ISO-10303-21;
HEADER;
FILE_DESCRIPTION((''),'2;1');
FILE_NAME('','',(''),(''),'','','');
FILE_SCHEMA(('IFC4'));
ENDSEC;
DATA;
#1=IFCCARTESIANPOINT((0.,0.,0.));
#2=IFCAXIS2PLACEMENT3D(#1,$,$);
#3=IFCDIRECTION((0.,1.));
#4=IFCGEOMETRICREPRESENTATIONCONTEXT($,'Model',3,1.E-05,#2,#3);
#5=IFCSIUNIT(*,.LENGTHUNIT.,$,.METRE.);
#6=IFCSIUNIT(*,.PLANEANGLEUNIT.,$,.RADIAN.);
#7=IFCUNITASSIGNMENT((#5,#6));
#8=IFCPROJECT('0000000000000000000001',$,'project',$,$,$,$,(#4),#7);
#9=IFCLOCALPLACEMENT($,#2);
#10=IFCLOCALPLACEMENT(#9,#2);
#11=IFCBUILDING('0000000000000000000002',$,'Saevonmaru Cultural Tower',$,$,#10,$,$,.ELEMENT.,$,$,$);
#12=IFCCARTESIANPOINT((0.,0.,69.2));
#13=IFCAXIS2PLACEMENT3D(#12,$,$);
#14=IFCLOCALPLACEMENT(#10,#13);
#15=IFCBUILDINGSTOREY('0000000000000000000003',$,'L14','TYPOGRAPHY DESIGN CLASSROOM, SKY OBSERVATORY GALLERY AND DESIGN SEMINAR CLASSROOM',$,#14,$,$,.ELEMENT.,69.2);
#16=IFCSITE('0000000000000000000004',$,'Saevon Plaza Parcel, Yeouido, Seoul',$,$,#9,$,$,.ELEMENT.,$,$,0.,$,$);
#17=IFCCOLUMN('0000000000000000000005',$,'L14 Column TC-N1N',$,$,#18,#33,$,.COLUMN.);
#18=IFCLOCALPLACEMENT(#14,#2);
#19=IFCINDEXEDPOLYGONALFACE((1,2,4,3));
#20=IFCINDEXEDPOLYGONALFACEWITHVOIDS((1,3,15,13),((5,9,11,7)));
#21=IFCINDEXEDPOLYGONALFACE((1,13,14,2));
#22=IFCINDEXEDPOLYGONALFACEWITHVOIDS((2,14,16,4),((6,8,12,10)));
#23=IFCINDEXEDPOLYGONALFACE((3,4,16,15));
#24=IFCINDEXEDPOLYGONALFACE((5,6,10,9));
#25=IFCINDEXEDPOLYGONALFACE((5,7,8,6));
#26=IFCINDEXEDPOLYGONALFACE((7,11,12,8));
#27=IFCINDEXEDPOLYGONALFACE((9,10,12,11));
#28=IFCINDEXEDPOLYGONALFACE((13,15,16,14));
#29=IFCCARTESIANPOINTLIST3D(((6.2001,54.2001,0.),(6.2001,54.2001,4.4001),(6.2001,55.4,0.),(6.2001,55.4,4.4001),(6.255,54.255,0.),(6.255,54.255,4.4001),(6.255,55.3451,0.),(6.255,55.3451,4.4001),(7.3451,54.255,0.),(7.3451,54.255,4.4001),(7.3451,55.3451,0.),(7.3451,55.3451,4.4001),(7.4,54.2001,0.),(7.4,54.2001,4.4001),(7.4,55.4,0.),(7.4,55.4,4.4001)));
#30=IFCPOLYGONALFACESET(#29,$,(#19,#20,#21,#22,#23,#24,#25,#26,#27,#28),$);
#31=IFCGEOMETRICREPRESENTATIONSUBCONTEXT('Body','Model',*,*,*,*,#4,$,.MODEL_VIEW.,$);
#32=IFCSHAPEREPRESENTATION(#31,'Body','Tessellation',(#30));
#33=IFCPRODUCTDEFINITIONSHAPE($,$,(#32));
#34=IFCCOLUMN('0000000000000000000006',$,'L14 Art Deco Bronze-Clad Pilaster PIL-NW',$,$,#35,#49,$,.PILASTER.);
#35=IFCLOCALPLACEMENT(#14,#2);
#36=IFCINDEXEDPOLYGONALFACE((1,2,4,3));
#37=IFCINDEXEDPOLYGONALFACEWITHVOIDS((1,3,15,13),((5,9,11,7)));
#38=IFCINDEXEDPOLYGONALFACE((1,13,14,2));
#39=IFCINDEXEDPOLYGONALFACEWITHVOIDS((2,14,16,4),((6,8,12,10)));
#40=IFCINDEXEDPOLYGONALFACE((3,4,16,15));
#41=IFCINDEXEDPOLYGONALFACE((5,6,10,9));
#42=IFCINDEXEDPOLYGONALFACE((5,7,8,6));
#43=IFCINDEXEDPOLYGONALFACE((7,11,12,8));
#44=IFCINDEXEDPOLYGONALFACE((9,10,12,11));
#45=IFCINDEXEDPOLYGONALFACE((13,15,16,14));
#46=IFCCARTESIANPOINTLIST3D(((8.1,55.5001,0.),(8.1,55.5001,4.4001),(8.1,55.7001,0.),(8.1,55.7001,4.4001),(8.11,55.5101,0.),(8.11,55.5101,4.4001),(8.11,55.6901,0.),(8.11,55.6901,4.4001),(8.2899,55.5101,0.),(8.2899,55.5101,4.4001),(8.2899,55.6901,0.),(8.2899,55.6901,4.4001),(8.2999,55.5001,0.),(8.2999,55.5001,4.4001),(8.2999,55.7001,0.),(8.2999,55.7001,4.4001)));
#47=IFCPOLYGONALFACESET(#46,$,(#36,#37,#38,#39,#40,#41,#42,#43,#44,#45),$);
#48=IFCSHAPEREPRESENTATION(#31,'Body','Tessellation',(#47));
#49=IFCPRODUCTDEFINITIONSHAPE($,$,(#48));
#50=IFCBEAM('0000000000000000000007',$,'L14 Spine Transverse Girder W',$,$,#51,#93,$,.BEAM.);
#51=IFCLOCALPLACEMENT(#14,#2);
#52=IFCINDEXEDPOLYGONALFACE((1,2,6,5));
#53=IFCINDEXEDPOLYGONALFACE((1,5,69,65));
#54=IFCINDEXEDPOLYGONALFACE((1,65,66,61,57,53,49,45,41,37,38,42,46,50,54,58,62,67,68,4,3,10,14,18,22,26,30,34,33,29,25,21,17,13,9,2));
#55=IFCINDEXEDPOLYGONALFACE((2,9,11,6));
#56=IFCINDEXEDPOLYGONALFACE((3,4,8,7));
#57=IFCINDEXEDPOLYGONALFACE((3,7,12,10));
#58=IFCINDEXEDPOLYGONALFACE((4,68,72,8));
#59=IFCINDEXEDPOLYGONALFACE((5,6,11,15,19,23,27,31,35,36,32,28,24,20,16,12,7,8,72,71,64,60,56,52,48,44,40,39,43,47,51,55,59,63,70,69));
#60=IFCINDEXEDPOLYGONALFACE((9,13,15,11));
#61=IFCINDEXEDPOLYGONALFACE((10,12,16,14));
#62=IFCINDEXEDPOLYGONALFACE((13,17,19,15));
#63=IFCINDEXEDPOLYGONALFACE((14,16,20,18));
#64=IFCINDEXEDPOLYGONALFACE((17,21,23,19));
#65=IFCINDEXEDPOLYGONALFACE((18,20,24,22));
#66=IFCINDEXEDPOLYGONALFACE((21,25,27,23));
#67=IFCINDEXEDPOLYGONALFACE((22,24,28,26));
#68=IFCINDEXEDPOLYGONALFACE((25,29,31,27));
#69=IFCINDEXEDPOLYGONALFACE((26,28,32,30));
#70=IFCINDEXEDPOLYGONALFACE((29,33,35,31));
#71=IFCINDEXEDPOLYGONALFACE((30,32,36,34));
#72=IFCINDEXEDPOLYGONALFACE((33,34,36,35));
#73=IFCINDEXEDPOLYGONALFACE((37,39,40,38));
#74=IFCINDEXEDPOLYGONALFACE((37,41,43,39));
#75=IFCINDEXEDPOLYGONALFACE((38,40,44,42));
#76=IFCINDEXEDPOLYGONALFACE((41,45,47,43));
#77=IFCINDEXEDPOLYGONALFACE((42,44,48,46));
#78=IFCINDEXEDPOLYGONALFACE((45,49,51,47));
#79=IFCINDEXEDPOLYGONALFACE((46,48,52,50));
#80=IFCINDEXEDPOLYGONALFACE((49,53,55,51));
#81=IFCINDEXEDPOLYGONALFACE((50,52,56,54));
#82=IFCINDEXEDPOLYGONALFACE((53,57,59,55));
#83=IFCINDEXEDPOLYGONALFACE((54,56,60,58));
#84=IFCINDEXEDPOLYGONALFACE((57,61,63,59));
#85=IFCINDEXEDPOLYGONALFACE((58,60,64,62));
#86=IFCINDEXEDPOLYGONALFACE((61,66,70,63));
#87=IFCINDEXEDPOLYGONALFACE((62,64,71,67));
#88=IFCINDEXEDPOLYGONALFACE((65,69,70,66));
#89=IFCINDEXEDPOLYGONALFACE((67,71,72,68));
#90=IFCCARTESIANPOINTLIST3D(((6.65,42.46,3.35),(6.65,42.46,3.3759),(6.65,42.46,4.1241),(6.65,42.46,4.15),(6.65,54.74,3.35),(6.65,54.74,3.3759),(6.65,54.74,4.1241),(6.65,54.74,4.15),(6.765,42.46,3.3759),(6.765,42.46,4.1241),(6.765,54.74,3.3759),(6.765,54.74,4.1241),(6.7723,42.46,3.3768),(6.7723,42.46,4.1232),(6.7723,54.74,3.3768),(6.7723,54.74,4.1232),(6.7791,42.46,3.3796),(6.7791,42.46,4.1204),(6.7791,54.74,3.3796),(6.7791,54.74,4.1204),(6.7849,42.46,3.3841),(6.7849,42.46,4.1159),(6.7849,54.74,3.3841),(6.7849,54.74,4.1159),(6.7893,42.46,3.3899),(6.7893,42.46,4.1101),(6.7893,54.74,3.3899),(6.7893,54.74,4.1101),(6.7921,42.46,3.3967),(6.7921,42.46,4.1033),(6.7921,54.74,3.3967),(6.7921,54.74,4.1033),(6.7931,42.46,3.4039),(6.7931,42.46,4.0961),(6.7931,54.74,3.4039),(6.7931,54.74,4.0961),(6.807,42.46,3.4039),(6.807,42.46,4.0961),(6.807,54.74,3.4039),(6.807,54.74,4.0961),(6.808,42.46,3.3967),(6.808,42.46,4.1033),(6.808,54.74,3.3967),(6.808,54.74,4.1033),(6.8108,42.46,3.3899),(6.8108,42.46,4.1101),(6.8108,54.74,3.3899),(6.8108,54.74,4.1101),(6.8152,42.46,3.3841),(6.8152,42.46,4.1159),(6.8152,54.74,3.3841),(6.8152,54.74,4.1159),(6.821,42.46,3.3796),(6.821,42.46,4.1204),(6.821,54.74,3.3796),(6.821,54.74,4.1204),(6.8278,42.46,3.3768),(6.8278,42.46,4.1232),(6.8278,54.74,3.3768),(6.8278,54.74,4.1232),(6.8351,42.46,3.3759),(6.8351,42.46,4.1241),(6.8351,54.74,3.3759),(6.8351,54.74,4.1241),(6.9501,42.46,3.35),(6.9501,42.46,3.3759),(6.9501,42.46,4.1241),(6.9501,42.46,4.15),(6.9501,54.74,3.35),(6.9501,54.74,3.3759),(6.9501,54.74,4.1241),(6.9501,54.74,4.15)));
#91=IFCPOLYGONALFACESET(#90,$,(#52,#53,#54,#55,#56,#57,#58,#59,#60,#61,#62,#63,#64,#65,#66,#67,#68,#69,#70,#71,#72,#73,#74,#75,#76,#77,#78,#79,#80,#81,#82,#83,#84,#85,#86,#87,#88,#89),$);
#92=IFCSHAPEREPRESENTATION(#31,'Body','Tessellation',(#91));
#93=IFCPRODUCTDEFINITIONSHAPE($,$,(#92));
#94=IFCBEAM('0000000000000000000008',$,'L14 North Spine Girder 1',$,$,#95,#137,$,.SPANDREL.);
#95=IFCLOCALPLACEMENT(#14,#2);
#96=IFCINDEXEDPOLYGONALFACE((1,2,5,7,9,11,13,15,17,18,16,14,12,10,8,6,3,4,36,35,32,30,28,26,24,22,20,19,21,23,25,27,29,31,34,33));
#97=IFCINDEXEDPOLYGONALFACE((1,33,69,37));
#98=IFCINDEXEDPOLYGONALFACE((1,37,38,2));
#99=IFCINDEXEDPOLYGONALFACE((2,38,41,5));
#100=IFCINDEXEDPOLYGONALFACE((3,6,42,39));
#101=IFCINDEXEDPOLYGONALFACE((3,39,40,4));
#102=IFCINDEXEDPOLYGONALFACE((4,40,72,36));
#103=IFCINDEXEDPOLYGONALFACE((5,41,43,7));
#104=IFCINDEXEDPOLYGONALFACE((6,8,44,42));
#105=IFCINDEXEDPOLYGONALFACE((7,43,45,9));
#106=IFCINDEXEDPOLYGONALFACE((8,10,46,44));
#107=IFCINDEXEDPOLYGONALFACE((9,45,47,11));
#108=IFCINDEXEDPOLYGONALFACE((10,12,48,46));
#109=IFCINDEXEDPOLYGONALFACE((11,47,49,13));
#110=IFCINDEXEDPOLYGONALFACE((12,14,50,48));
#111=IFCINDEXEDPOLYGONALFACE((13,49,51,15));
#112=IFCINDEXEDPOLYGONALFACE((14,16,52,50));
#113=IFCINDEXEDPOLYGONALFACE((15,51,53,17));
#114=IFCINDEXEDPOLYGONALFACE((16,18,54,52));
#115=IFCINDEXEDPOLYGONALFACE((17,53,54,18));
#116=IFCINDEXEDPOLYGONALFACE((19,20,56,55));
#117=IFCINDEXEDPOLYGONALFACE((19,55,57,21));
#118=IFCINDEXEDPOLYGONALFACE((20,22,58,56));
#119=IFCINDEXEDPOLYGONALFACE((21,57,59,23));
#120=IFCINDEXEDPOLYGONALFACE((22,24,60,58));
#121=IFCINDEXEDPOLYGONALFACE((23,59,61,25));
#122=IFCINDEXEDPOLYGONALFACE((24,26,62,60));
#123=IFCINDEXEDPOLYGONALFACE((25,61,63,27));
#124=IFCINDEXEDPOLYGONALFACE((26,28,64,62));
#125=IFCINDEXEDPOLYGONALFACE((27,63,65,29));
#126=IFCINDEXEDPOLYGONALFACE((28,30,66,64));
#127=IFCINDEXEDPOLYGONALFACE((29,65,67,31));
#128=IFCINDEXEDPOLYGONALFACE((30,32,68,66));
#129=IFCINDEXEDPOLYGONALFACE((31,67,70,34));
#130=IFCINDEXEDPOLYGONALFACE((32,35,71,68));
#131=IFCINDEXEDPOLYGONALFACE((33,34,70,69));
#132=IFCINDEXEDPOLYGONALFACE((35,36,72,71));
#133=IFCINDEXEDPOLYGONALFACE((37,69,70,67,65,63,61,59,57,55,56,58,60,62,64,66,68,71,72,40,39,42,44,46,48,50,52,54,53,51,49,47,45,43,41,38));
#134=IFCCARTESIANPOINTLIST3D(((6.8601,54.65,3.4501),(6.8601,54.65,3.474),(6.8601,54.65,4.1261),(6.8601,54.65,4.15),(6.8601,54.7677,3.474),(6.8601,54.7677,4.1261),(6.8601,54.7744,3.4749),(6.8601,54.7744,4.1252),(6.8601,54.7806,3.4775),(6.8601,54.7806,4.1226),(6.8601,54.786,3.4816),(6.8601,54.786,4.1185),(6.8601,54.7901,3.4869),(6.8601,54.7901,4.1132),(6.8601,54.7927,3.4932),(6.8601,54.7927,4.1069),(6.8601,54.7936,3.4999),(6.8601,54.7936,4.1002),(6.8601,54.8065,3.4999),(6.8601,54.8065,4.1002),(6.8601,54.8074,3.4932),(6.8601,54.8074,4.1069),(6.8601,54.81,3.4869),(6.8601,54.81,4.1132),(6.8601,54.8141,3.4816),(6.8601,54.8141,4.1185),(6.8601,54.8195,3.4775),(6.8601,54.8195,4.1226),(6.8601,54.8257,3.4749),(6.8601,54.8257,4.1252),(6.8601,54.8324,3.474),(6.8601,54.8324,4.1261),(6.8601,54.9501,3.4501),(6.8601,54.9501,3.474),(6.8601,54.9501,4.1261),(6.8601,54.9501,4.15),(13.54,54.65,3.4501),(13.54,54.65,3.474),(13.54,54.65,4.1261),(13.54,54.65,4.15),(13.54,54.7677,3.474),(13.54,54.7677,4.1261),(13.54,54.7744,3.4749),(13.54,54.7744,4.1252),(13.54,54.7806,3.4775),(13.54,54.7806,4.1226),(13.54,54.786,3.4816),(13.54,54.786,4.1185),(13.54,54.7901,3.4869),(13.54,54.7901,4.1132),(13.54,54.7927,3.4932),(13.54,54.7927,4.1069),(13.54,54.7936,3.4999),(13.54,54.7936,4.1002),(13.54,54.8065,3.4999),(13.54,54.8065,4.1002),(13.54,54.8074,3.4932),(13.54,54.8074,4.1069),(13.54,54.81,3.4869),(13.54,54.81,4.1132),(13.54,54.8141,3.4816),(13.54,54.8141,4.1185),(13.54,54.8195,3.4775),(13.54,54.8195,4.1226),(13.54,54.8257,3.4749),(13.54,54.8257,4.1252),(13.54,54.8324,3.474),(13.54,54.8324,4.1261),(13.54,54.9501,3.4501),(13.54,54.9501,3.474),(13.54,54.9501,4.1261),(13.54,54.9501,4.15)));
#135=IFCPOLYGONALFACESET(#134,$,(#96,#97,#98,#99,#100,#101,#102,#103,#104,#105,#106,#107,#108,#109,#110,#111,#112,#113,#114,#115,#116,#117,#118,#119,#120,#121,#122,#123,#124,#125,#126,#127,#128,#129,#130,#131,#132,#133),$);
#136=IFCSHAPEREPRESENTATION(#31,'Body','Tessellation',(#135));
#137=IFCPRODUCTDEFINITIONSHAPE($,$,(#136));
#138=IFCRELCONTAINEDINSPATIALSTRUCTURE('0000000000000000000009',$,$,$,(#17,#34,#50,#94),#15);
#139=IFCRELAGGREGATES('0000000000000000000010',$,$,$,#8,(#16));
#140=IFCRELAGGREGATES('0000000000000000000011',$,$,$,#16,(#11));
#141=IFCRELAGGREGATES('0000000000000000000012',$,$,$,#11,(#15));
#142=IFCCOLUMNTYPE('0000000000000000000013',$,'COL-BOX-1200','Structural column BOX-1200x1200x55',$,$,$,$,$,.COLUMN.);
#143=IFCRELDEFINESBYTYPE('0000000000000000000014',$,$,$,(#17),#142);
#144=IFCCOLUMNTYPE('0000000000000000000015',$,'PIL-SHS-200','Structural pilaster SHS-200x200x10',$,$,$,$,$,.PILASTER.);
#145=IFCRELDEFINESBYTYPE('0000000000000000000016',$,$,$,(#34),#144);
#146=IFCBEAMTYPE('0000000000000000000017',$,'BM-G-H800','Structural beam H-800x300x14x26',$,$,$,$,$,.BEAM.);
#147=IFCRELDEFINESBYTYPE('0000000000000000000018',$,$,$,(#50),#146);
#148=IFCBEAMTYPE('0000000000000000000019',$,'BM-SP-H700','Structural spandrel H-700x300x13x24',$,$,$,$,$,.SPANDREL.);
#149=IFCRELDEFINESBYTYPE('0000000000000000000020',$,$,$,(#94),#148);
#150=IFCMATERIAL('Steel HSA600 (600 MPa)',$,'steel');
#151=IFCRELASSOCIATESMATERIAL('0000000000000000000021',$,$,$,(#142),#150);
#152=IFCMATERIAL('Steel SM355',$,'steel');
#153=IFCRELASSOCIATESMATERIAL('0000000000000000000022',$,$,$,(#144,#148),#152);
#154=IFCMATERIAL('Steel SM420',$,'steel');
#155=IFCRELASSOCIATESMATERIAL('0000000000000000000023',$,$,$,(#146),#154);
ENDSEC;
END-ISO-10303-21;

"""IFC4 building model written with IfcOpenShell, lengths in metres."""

from ifc_helpers import new_model, si_unit, direction, frame, origin, origin_2d, place, context, subcontext, project, spatial, hollow_rectangle, i_section, extrude, material, material_profile, profile_set, type_object, element, save


model = new_model("IFC4")

# Units and contexts
model_context = context("Model", 3, precision=1e-05, world=origin(), true_north=direction((0.0, 1.0)))
body_context = subcontext(model_context, "Body", "Model", "MODEL_VIEW")
ifc_project = project(units=[si_unit("LENGTHUNIT", "METRE"), si_unit("PLANEANGLEUNIT", "RADIAN")], contexts=[model_context])

# Site, building, storey
site_placement = place(None, origin())
site = spatial("IfcSite", under=ifc_project, at=site_placement, Name="Saevon Plaza Parcel, Yeouido, Seoul", CompositionType="ELEMENT", RefElevation=0.0)
building_placement = place(site_placement, origin())
building = spatial("IfcBuilding", under=site, at=building_placement, Name="Saevonmaru Cultural Tower", CompositionType="ELEMENT")
storey_placement = place(building_placement, frame((0.0, 0.0, 69.2)))
storey = spatial("IfcBuildingStorey", under=building, at=storey_placement, Name="L14", Description="TYPOGRAPHY DESIGN CLASSROOM, SKY OBSERVATORY GALLERY AND DESIGN SEMINAR CLASSROOM", CompositionType="ELEMENT", Elevation=69.2)

# Columns
ifc_material_1 = material(Name="Steel HSA600 (600 MPa)", Category="steel")
ifc_material_profile_1 = material_profile(ifc_material_1, hollow_rectangle(XDim=1.2, YDim=1.2, WallThickness=0.0549, at=origin_2d()), Name="BOX-1200x1200x55")
ifc_profile_set_1 = profile_set([ifc_material_profile_1], Name="Steel HSA600 (600 MPa)")
column_type_1 = type_object("IfcColumnType", Name="COL-BOX-1200", Description="Structural column BOX-1200x1200x55", PredefinedType="COLUMN", material=ifc_profile_set_1)
column_1_placement = place(storey_placement, frame((6.8, 54.8, 0.0), z_axis=(0.0, 0.0, 1.0), x_axis=(1.0, 0.0, 0.0)))
element("IfcColumn", 1, at=column_1_placement, inside=storey, type_object=column_type_1, Name="L14 Column TC-N1N", PredefinedType="COLUMN", context=body_context, shape_type="SweptSolid", body=[
    extrude(hollow_rectangle(XDim=1.2, YDim=1.2, WallThickness=0.0549, at=origin_2d()), origin(), (0.0, 0.0, 1.0), 4.4001),
])
ifc_material_2 = material(Name="Steel SM355", Category="steel")
ifc_material_profile_2 = material_profile(ifc_material_2, hollow_rectangle(XDim=0.2, YDim=0.2, WallThickness=0.01, at=origin_2d()), Name="SHS-200x200x10")
ifc_profile_set_2 = profile_set([ifc_material_profile_2], Name="Steel SM355")
column_type_2 = type_object("IfcColumnType", Name="PIL-SHS-200", Description="Structural pilaster SHS-200x200x10", PredefinedType="PILASTER", material=ifc_profile_set_2)
column_2_placement = place(storey_placement, frame((8.2, 55.6001, 0.0), z_axis=(0.0, 0.0, 1.0), x_axis=(1.0, 0.0, 0.0)))
element("IfcColumn", 2, at=column_2_placement, inside=storey, type_object=column_type_2, Name="L14 Art Deco Bronze-Clad Pilaster PIL-NW", PredefinedType="PILASTER", context=body_context, shape_type="SweptSolid", body=[
    extrude(hollow_rectangle(XDim=0.2, YDim=0.2, WallThickness=0.01, at=origin_2d()), origin(), (0.0, 0.0, 1.0), 4.4001),
])

# Beams
ifc_material_3 = material(Name="Steel SM420", Category="steel")
ifc_material_profile_3 = material_profile(ifc_material_3, i_section(OverallWidth=0.3, OverallDepth=0.8, WebThickness=0.0139, FlangeThickness=0.0259, FilletRadius=0.0281, at=origin_2d()), Name="H-800x300x14x26")
ifc_profile_set_3 = profile_set([ifc_material_profile_3], Name="Steel SM420")
beam_type_1 = type_object("IfcBeamType", Name="BM-G-H800", Description="Structural beam H-800x300x14x26", PredefinedType="BEAM", material=ifc_profile_set_3)
beam_1_placement = place(storey_placement, frame((6.8, 54.74, 3.75), z_axis=(0.0, -1.0, 0.0), x_axis=(1.0, 0.0, 0.0)))
element("IfcBeam", 3, at=beam_1_placement, inside=storey, type_object=beam_type_1, Name="L14 Spine Transverse Girder W", PredefinedType="BEAM", context=body_context, shape_type="SweptSolid", body=[
    extrude(i_section(OverallWidth=0.3, OverallDepth=0.8, WebThickness=0.0139, FlangeThickness=0.0259, FilletRadius=0.0281, at=origin_2d()), origin(), (0.0, 0.0, 1.0), 12.28),
])
ifc_material_profile_4 = material_profile(ifc_material_2, i_section(OverallWidth=0.3, OverallDepth=0.7, WebThickness=0.0129, FlangeThickness=0.0239, FilletRadius=0.0259, at=origin_2d()), Name="H-700x300x13x24")
ifc_profile_set_4 = profile_set([ifc_material_profile_4], Name="Steel SM355")
beam_type_2 = type_object("IfcBeamType", Name="BM-SP-H700", Description="Structural spandrel H-700x300x13x24", PredefinedType="SPANDREL", material=ifc_profile_set_4)
beam_2_placement = place(storey_placement, frame((6.8601, 54.8, 3.8), z_axis=(1.0, 0.0, 0.0), x_axis=(0.0, 1.0, 0.0)))
element("IfcBeam", 4, at=beam_2_placement, inside=storey, type_object=beam_type_2, Name="L14 North Spine Girder 1", PredefinedType="SPANDREL", context=body_context, shape_type="SweptSolid", body=[
    extrude(i_section(OverallWidth=0.3, OverallDepth=0.7, WebThickness=0.0129, FlangeThickness=0.0239, FilletRadius=0.0259, at=origin_2d()), origin(), (0.0, 0.0, 1.0), 6.6799),
])

save(model, "model.ifc")
